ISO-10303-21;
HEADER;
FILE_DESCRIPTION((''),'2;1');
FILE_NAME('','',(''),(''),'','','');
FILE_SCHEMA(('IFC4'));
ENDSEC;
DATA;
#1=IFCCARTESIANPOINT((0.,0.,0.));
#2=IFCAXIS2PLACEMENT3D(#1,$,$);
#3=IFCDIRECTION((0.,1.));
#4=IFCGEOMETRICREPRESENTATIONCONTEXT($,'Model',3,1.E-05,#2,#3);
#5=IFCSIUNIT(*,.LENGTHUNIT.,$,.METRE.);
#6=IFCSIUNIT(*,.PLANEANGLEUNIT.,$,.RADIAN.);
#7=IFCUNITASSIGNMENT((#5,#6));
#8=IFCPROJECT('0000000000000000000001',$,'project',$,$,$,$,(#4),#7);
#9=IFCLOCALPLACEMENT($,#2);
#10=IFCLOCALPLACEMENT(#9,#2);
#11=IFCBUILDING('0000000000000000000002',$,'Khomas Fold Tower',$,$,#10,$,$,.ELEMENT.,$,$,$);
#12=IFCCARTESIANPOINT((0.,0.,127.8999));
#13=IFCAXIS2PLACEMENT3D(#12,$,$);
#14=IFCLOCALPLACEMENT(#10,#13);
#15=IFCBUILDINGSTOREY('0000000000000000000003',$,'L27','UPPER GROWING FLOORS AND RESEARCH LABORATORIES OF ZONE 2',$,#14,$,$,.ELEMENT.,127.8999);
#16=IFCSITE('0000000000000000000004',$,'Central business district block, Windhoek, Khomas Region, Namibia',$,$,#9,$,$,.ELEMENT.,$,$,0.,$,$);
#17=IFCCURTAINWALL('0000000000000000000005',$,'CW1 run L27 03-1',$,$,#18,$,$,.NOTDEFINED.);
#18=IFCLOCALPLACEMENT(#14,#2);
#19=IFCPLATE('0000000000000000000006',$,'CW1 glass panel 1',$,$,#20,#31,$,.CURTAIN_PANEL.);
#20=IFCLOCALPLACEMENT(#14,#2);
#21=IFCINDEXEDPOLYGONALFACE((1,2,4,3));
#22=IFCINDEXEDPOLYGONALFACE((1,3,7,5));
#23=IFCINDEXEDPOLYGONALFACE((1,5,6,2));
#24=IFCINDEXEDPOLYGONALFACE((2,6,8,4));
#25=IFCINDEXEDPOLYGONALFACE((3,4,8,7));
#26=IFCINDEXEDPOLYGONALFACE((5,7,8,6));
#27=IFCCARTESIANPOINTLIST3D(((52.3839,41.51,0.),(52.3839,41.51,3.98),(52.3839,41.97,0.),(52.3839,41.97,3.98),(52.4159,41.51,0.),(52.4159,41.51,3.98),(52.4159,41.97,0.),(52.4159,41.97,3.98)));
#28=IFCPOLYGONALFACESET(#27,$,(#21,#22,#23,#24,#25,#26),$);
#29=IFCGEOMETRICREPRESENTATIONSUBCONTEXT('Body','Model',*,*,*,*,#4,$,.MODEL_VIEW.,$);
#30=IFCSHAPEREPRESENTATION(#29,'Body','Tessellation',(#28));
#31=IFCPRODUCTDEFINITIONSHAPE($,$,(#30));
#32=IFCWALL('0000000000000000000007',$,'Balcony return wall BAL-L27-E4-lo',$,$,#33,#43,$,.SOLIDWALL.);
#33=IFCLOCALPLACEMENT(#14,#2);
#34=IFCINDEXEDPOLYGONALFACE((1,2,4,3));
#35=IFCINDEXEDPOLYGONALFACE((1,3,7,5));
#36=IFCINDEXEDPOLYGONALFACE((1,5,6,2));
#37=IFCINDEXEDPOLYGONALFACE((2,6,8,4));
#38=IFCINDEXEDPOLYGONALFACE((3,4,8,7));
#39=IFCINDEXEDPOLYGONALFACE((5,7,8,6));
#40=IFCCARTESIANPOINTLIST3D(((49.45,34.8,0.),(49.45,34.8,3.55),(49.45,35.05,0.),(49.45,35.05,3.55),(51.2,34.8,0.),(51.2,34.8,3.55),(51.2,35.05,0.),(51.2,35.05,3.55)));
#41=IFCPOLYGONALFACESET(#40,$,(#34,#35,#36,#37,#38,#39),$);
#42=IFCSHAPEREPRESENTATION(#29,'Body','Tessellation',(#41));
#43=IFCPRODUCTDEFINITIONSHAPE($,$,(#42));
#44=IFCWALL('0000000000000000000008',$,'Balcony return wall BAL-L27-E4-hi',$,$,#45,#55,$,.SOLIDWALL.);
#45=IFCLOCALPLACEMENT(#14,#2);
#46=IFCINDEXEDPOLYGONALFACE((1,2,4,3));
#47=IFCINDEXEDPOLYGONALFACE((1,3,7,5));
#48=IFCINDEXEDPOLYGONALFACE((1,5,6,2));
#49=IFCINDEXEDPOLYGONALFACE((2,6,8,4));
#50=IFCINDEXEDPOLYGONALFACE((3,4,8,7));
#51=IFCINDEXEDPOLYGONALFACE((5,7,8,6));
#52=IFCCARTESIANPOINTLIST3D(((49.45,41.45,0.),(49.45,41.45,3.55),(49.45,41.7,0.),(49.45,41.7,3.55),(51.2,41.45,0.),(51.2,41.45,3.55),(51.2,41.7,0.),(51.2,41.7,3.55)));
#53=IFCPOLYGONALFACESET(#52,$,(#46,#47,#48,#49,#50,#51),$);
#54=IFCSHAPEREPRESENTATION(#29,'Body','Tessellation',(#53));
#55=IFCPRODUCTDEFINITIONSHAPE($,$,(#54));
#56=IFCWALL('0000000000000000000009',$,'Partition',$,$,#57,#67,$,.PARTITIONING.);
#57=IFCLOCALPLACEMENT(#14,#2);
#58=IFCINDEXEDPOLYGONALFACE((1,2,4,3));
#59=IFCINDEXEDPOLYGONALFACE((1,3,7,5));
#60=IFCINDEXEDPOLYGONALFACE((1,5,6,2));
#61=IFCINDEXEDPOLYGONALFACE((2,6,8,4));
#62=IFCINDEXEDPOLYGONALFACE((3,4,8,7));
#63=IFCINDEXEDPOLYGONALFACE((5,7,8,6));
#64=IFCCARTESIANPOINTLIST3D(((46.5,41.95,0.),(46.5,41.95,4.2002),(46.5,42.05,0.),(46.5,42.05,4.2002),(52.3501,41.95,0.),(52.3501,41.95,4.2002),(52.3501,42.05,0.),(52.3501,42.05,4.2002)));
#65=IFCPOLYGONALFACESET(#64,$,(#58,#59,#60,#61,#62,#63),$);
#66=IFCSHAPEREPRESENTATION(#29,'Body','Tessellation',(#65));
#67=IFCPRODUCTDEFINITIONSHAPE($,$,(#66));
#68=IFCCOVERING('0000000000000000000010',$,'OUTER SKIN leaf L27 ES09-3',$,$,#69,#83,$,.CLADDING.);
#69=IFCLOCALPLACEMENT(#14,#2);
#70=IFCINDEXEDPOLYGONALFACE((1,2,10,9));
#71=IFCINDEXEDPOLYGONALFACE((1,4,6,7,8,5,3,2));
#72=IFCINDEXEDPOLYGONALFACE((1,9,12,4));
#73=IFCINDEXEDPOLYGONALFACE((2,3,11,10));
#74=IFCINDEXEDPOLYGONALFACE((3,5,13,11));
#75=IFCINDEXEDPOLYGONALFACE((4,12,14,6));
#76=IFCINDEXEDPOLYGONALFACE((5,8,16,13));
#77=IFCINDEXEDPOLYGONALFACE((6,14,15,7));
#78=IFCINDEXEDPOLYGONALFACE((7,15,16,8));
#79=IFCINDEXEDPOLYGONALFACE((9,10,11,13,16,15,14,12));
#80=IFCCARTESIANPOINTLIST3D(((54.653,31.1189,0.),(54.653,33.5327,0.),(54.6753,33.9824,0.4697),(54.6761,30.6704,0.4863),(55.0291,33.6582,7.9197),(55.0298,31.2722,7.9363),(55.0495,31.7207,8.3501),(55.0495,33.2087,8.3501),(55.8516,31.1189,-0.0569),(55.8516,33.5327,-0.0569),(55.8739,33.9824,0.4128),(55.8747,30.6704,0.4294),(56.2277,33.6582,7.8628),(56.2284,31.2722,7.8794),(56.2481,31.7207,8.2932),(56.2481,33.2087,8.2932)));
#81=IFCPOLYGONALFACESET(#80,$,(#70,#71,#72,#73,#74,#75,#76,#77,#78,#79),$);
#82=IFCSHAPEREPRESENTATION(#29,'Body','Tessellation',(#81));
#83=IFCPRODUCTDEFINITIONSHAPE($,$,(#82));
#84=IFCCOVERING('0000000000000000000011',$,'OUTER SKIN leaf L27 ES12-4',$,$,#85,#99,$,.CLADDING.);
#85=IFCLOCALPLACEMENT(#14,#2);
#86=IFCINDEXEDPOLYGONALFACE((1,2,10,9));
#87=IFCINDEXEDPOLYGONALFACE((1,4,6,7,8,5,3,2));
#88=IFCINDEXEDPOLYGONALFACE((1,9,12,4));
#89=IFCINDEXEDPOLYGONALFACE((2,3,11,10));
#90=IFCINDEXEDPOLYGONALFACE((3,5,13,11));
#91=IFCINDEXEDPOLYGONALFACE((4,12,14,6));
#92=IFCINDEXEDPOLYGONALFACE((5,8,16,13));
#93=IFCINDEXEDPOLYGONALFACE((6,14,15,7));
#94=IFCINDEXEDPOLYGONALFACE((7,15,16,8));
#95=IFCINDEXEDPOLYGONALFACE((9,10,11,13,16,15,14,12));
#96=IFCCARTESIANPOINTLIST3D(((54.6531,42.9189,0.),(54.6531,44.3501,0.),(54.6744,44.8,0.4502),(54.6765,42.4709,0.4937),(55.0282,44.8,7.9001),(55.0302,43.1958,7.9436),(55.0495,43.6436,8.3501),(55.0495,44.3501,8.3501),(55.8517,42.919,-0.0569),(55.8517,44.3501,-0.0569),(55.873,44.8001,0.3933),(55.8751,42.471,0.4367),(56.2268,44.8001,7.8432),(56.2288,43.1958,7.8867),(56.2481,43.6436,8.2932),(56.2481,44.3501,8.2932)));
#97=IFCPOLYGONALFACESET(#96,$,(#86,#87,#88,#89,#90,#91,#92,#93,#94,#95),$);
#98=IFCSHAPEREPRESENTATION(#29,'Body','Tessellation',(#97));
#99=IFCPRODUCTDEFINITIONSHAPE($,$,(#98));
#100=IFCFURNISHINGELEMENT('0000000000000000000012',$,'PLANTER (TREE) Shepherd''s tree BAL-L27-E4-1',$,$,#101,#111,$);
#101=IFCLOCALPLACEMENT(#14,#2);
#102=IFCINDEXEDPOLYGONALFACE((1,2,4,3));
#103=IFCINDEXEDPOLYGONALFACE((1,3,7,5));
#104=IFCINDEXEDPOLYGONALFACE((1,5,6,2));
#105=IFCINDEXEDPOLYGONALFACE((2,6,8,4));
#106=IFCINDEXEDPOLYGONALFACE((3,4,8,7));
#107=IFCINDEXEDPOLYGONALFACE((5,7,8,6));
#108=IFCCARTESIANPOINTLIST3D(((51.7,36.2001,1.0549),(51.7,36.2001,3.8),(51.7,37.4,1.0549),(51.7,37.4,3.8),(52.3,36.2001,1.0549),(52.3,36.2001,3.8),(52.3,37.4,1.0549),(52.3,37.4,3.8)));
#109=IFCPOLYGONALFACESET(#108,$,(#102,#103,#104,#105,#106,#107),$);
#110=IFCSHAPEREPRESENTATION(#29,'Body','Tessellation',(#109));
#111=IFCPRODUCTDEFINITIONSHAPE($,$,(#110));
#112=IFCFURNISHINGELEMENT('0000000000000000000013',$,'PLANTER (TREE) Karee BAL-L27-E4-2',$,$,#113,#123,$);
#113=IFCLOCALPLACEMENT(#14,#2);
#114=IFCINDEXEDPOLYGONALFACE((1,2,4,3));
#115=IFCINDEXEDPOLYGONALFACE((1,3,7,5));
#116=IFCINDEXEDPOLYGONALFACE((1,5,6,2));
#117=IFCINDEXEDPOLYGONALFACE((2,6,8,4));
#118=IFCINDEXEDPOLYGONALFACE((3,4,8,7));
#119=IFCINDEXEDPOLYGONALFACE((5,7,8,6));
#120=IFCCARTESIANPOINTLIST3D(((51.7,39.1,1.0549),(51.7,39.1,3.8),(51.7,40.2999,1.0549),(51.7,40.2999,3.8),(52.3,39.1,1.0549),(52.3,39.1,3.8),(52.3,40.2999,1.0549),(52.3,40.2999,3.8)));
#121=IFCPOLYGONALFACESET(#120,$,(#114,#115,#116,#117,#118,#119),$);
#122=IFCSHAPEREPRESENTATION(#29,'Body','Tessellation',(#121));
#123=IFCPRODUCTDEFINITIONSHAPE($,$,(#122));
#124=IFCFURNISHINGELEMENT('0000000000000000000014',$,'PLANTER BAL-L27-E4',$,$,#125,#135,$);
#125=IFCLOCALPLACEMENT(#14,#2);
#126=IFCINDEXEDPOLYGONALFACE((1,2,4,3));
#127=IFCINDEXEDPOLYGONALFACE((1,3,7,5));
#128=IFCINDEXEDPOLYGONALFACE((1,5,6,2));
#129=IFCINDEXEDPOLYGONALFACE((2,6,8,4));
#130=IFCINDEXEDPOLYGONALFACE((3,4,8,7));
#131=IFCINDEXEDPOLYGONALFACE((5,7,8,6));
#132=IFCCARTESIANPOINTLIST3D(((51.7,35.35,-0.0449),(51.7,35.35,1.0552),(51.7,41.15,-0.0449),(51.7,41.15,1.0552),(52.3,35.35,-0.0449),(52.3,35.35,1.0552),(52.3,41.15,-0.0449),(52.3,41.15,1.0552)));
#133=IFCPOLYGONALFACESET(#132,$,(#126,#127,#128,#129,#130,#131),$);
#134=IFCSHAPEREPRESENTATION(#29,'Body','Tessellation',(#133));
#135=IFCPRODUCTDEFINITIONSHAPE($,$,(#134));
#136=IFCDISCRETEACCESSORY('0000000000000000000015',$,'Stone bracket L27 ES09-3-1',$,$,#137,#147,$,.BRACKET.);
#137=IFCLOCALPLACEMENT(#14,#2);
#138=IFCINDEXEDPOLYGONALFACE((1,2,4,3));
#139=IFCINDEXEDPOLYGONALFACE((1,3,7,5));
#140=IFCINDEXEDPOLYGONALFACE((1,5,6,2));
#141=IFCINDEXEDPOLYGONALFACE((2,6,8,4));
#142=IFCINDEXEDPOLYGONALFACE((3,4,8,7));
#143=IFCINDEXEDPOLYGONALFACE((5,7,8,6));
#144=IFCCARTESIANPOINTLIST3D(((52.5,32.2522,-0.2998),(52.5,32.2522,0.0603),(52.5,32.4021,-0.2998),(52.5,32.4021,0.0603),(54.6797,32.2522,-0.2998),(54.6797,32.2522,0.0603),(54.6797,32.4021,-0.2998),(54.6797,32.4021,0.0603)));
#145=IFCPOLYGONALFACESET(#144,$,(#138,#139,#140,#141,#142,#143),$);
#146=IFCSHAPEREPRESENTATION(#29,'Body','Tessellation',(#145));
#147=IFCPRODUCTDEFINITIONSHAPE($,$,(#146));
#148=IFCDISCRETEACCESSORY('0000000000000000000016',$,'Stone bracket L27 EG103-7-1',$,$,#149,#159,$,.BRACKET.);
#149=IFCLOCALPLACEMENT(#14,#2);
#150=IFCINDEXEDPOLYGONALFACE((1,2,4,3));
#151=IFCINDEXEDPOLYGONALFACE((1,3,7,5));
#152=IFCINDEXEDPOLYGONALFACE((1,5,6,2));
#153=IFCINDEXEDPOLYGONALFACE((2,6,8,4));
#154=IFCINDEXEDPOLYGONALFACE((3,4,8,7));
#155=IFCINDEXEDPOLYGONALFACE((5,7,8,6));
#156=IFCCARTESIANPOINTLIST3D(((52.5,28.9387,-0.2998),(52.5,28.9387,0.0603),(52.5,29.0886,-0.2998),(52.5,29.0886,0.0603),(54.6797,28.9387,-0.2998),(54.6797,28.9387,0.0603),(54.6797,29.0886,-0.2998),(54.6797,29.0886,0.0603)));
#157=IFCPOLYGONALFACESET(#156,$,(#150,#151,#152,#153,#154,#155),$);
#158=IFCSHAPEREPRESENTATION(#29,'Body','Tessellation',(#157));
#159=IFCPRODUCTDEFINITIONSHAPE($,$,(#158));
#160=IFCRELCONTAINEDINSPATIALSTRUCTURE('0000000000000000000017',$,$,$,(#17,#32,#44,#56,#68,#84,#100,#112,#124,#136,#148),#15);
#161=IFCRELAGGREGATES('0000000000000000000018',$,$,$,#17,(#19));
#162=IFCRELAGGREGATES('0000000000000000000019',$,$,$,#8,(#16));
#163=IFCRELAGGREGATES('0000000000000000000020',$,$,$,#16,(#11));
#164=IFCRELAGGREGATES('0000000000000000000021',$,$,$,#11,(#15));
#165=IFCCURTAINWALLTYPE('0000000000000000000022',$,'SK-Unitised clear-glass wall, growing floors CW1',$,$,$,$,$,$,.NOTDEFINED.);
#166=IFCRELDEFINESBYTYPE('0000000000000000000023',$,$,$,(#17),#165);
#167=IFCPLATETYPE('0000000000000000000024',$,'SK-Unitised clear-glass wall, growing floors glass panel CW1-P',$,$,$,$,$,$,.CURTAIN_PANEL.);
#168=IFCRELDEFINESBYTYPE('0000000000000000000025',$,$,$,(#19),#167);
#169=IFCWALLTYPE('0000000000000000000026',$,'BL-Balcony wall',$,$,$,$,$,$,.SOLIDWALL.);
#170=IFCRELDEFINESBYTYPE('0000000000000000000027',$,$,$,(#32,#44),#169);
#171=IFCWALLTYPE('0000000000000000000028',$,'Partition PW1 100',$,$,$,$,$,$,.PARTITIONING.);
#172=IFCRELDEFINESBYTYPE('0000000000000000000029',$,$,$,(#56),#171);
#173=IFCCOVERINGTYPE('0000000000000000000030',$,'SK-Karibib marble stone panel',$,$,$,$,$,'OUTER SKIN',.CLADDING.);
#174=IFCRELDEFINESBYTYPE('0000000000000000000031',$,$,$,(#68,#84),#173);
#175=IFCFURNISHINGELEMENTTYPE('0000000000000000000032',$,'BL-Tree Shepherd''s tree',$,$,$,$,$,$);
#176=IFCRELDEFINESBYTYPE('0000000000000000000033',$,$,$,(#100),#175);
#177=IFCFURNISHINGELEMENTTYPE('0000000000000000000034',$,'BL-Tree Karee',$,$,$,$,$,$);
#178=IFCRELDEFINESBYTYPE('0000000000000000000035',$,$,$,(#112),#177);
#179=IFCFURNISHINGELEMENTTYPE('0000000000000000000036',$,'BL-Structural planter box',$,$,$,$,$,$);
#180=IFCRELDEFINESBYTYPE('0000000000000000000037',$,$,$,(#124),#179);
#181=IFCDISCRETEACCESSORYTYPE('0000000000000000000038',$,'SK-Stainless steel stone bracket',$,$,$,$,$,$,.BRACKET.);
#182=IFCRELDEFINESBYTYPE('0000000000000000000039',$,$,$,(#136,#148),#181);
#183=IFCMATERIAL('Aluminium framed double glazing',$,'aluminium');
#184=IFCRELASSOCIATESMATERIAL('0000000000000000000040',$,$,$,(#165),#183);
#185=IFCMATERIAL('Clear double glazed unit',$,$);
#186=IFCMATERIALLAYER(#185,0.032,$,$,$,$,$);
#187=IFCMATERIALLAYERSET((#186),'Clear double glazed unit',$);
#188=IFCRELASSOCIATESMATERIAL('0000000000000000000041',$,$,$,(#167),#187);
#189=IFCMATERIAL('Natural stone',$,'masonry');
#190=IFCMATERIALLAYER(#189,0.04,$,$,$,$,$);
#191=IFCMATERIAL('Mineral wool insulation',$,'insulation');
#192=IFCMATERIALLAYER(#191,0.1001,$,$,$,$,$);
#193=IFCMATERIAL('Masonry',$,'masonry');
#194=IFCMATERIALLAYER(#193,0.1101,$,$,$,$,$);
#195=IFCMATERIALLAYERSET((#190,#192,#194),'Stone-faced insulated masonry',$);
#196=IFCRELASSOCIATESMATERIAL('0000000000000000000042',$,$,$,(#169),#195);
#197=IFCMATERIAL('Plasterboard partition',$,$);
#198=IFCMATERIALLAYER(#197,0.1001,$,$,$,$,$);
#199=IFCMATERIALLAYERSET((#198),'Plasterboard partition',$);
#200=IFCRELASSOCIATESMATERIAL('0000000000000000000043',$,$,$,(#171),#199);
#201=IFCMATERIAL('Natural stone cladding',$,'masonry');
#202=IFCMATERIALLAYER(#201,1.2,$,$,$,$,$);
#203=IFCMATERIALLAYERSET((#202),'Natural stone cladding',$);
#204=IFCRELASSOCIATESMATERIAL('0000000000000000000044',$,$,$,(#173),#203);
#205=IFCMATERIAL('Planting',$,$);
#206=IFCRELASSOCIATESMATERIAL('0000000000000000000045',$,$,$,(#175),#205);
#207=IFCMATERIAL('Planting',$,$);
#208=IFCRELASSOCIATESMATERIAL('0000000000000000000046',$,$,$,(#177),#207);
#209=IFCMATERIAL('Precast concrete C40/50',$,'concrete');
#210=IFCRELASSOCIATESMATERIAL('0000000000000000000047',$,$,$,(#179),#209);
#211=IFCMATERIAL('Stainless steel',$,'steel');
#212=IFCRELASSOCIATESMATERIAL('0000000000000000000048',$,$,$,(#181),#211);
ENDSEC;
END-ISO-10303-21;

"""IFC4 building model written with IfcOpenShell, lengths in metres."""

from ifc_helpers import new_model, si_unit, direction, frame, frame_2d, origin, origin_2d, place, context, subcontext, project, spatial, polyline, rectangle, outline, extrude, source, transform, mapped, material, layer, layer_set, type_object, element, aggregate, save


model = new_model("IFC4")

# Units and contexts
model_context = context("Model", 3, precision=1e-05, world=origin(), true_north=direction((0.0, 1.0)))
body_context = subcontext(model_context, "Body", "Model", "MODEL_VIEW")
ifc_project = project(units=[si_unit("LENGTHUNIT", "METRE"), si_unit("PLANEANGLEUNIT", "RADIAN")], contexts=[model_context])

# Site, building, storey
site_placement = place(None, origin())
site = spatial("IfcSite", under=ifc_project, at=site_placement, Name="Central business district block, Windhoek, Khomas Region, Namibia", CompositionType="ELEMENT", RefElevation=0.0)
building_placement = place(site_placement, origin())
building = spatial("IfcBuilding", under=site, at=building_placement, Name="Khomas Fold Tower", CompositionType="ELEMENT")
storey_placement = place(building_placement, frame((0.0, 0.0, 127.8999)))
storey = spatial("IfcBuildingStorey", under=building, at=storey_placement, Name="L27", Description="UPPER GROWING FLOORS AND RESEARCH LABORATORIES OF ZONE 2", CompositionType="ELEMENT", Elevation=127.8999)

# Curtain wall
ifc_material_1 = material(Name="Aluminium framed double glazing", Category="aluminium")
curtain_wall_type = type_object("IfcCurtainWallType", Name="SK-Unitised clear-glass wall, growing floors CW1", PredefinedType="NOTDEFINED", material=ifc_material_1)
curtain_wall_1_placement = place(storey_placement, origin())
curtain_wall_1 = element("IfcCurtainWall", 1, at=curtain_wall_1_placement, inside=storey, type_object=curtain_wall_type, Name="CW1 run L27 03-1", PredefinedType="NOTDEFINED")

# Plate
ifc_material_2 = material(Name="Clear double glazed unit")
ifc_layer_1 = layer(ifc_material_2, 0.032)
ifc_layer_set_1 = layer_set([ifc_layer_1], Name="Clear double glazed unit")
plate_type_1 = type_object("IfcPlateType", Name="SK-Unitised clear-glass wall, growing floors glass panel CW1-P", PredefinedType="CURTAIN_PANEL", material=ifc_layer_set_1)
shared_shape_1 = source(origin(), body_context, "Body", "SweptSolid", [
    extrude(rectangle(XDim=0.46, YDim=0.032, at=origin_2d()), origin(), (0.0, 0.0, 1.0), 3.98),
])
plate_1_placement = place(storey_placement, frame((52.3999, 41.74, 0.0), z_axis=(0.0, 0.0, 1.0), x_axis=(0.0, 1.0, 0.0)))
plate_1 = element("IfcPlate", 2, at=plate_1_placement, type_object=plate_type_1, Name="CW1 glass panel 1", PredefinedType="CURTAIN_PANEL", context=body_context, shape_type="MappedRepresentation", body=[
    mapped(shared_shape_1, transform((0.0, 0.0, 0.0))),
])
aggregate(curtain_wall_1, [plate_1])

# Shared definitions
ifc_material_3 = material(Name="Natural stone", Category="masonry")
ifc_layer_2 = layer(ifc_material_3, 0.04)
ifc_material_4 = material(Name="Mineral wool insulation", Category="insulation")
ifc_layer_3 = layer(ifc_material_4, 0.1001)
ifc_material_5 = material(Name="Masonry", Category="masonry")
ifc_layer_4 = layer(ifc_material_5, 0.1101)
ifc_layer_set_2 = layer_set([ifc_layer_2, ifc_layer_3, ifc_layer_4], Name="Stone-faced insulated masonry")
wall_type_1 = type_object("IfcWallType", Name="BL-Balcony wall", PredefinedType="SOLIDWALL", material=ifc_layer_set_2)

# Walls
shared_shape_2 = source(origin(), body_context, "Body", "SweptSolid", [
    extrude(rectangle(XDim=1.75, YDim=0.25, at=frame_2d((0.875, 0.0))), origin(), (0.0, 0.0, 1.0), 3.55),
])
for number, where, z_axis, x_axis, name in (
    (3, (51.2, 34.925, 0.0), (0.0, 0.0, 1.0), (-1.0, 0.0, 0.0), "Balcony return wall BAL-L27-E4-lo"),
    (4, (51.2, 41.575, 0.0), (0.0, 0.0, 1.0), (-1.0, 0.0, 0.0), "Balcony return wall BAL-L27-E4-hi"),
):
    element("IfcWall", number, at=place(storey_placement, frame(where, z_axis=z_axis, x_axis=x_axis)), inside=storey, type_object=wall_type_1, Name=name, PredefinedType="SOLIDWALL", context=body_context, shape_type="MappedRepresentation", body=[
        mapped(shared_shape_2, transform((0.0, 0.0, 0.0))),
    ])
ifc_material_6 = material(Name="Plasterboard partition")
ifc_layer_5 = layer(ifc_material_6, 0.1001)
ifc_layer_set_3 = layer_set([ifc_layer_5], Name="Plasterboard partition")
wall_type_2 = type_object("IfcWallType", Name="Partition PW1 100", PredefinedType="PARTITIONING", material=ifc_layer_set_3)
shared_shape_3 = source(origin(), body_context, "Body", "SweptSolid", [
    extrude(rectangle(XDim=5.8501, YDim=0.1001, at=frame_2d((2.925, 0.0))), origin(), (0.0, 0.0, 1.0), 4.2002),
])
wall_1_placement = place(storey_placement, frame((46.5, 42.0, 0.0), z_axis=(0.0, 0.0, 1.0), x_axis=(1.0, 0.0, 0.0)))
element("IfcWall", 5, at=wall_1_placement, inside=storey, type_object=wall_type_2, Name="Partition", PredefinedType="PARTITIONING", context=body_context, shape_type="MappedRepresentation", body=[
    mapped(shared_shape_3, transform((0.0, 0.0, 0.0))),
])

# Coverings
ifc_material_7 = material(Name="Natural stone cladding", Category="masonry")
ifc_layer_6 = layer(ifc_material_7, 1.2)
ifc_layer_set_4 = layer_set([ifc_layer_6], Name="Natural stone cladding")
covering_type = type_object("IfcCoveringType", Name="SK-Karibib marble stone panel", ElementType="OUTER SKIN", PredefinedType="CLADDING", material=ifc_layer_set_4)
covering_1_placement = place(storey_placement, frame((55.0291, 33.6582, 7.9197), z_axis=(-0.998875, 0.000019, 0.047425), x_axis=(-0.04738, 0.04343, -0.997932)))
element("IfcCovering", 6, at=covering_1_placement, inside=storey, type_object=covering_type, Name="OUTER SKIN leaf L27 ES09-3", PredefinedType="CLADDING", context=body_context, shape_type="SweptSolid", body=[
    extrude(outline(polyline([(0.0, 0.0), (7.4654, 0.0), (7.9157, 0.4697), (7.8108, 2.8812), (7.3049, 3.3082), (-0.1202, 2.383), (-0.5146, 1.917), (-0.45, 0.4303), (0.0, 0.0)])), origin(), (0.0, 0.0, -1.0), 1.2),
])
covering_2_placement = place(storey_placement, frame((54.6765, 42.4709, 0.4937), z_axis=(-0.998875, -0.000006, 0.047426), x_axis=(0.047204, 0.096731, 0.994191)))
element("IfcCovering", 7, at=covering_2_placement, inside=storey, type_object=covering_type, Name="OUTER SKIN leaf L27 ES12-4", PredefinedType="CLADDING", context=body_context, shape_type="SweptSolid", body=[
    extrude(outline(polyline([(0.0, 0.0), (7.4935, 0.0), (7.9418, 0.4063), (8.0102, 1.1095), (7.6054, 1.6009), (0.182, 2.3224), (-0.3101, 1.9181), (-0.4486, 0.4937), (0.0, 0.0)])), origin(), (0.0, 0.0, -1.0), 1.2),
])

# Furnishing elements
ifc_material_8 = material(Name="Planting")
furnishing_element_type_1 = type_object("IfcFurnishingElementType", Name="BL-Tree Shepherd's tree", material=ifc_material_8)
shared_shape_4 = source(origin(), body_context, "Body", "SweptSolid", [
    extrude(rectangle(XDim=1.2, YDim=0.6001, at=origin_2d()), origin(), (0.0, 0.0, 1.0), 2.7451),
])
furnishing_1_placement = place(storey_placement, frame((52.0, 36.8, 1.0549), z_axis=(0.0, 0.0, 1.0), x_axis=(0.0, 1.0, 0.0)))
element("IfcFurnishingElement", 8, at=furnishing_1_placement, inside=storey, type_object=furnishing_element_type_1, Name="PLANTER (TREE) Shepherd's tree BAL-L27-E4-1", context=body_context, shape_type="MappedRepresentation", body=[
    mapped(shared_shape_4, transform((0.0, 0.0, 0.0))),
])
ifc_material_9 = material(Name="Planting")
furnishing_element_type_2 = type_object("IfcFurnishingElementType", Name="BL-Tree Karee", material=ifc_material_9)
furnishing_2_placement = place(storey_placement, frame((52.0, 39.7, 1.0549), z_axis=(0.0, 0.0, 1.0), x_axis=(0.0, 1.0, 0.0)))
element("IfcFurnishingElement", 9, at=furnishing_2_placement, inside=storey, type_object=furnishing_element_type_2, Name="PLANTER (TREE) Karee BAL-L27-E4-2", context=body_context, shape_type="MappedRepresentation", body=[
    mapped(shared_shape_4, transform((0.0, 0.0, 0.0))),
])
ifc_material_10 = material(Name="Precast concrete C40/50", Category="concrete")
furnishing_element_type_3 = type_object("IfcFurnishingElementType", Name="BL-Structural planter box", material=ifc_material_10)
shared_shape_5 = source(origin(), body_context, "Body", "SweptSolid", [
    extrude(rectangle(XDim=5.8, YDim=0.6001, at=origin_2d()), origin(), (0.0, 0.0, 1.0), 1.1001),
])
furnishing_3_placement = place(storey_placement, frame((52.0, 38.25, -0.0449), z_axis=(0.0, 0.0, 1.0), x_axis=(0.0, 1.0, 0.0)))
element("IfcFurnishingElement", 10, at=furnishing_3_placement, inside=storey, type_object=furnishing_element_type_3, Name="PLANTER BAL-L27-E4", context=body_context, shape_type="MappedRepresentation", body=[
    mapped(shared_shape_5, transform((0.0, 0.0, 0.0))),
])

# Discrete accessories
ifc_material_11 = material(Name="Stainless steel", Category="steel")
discrete_accessory_type = type_object("IfcDiscreteAccessoryType", Name="SK-Stainless steel stone bracket", PredefinedType="BRACKET", material=ifc_material_11)
shared_shape_6 = source(origin(), body_context, "Body", "SweptSolid", [
    extrude(rectangle(XDim=2.1797, YDim=0.1499, at=origin_2d()), origin(), (0.0, 0.0, 1.0), 0.3601),
])
for number, where, z_axis, x_axis, name in (
    (11, (53.5898, 32.3271, -0.2998), (0.0, 0.0, 1.0), (1.0, 0.0, 0.0), "Stone bracket L27 ES09-3-1"),
    (12, (53.5898, 29.0137, -0.2998), (0.0, 0.0, 1.0), (1.0, 0.0, 0.0), "Stone bracket L27 EG103-7-1"),
):
    element("IfcDiscreteAccessory", number, at=place(storey_placement, frame(where, z_axis=z_axis, x_axis=x_axis)), inside=storey, type_object=discrete_accessory_type, Name=name, PredefinedType="BRACKET", context=body_context, shape_type="MappedRepresentation", body=[
        mapped(shared_shape_6, transform((0.0, 0.0, 0.0))),
    ])

save(model, "model.ifc")
